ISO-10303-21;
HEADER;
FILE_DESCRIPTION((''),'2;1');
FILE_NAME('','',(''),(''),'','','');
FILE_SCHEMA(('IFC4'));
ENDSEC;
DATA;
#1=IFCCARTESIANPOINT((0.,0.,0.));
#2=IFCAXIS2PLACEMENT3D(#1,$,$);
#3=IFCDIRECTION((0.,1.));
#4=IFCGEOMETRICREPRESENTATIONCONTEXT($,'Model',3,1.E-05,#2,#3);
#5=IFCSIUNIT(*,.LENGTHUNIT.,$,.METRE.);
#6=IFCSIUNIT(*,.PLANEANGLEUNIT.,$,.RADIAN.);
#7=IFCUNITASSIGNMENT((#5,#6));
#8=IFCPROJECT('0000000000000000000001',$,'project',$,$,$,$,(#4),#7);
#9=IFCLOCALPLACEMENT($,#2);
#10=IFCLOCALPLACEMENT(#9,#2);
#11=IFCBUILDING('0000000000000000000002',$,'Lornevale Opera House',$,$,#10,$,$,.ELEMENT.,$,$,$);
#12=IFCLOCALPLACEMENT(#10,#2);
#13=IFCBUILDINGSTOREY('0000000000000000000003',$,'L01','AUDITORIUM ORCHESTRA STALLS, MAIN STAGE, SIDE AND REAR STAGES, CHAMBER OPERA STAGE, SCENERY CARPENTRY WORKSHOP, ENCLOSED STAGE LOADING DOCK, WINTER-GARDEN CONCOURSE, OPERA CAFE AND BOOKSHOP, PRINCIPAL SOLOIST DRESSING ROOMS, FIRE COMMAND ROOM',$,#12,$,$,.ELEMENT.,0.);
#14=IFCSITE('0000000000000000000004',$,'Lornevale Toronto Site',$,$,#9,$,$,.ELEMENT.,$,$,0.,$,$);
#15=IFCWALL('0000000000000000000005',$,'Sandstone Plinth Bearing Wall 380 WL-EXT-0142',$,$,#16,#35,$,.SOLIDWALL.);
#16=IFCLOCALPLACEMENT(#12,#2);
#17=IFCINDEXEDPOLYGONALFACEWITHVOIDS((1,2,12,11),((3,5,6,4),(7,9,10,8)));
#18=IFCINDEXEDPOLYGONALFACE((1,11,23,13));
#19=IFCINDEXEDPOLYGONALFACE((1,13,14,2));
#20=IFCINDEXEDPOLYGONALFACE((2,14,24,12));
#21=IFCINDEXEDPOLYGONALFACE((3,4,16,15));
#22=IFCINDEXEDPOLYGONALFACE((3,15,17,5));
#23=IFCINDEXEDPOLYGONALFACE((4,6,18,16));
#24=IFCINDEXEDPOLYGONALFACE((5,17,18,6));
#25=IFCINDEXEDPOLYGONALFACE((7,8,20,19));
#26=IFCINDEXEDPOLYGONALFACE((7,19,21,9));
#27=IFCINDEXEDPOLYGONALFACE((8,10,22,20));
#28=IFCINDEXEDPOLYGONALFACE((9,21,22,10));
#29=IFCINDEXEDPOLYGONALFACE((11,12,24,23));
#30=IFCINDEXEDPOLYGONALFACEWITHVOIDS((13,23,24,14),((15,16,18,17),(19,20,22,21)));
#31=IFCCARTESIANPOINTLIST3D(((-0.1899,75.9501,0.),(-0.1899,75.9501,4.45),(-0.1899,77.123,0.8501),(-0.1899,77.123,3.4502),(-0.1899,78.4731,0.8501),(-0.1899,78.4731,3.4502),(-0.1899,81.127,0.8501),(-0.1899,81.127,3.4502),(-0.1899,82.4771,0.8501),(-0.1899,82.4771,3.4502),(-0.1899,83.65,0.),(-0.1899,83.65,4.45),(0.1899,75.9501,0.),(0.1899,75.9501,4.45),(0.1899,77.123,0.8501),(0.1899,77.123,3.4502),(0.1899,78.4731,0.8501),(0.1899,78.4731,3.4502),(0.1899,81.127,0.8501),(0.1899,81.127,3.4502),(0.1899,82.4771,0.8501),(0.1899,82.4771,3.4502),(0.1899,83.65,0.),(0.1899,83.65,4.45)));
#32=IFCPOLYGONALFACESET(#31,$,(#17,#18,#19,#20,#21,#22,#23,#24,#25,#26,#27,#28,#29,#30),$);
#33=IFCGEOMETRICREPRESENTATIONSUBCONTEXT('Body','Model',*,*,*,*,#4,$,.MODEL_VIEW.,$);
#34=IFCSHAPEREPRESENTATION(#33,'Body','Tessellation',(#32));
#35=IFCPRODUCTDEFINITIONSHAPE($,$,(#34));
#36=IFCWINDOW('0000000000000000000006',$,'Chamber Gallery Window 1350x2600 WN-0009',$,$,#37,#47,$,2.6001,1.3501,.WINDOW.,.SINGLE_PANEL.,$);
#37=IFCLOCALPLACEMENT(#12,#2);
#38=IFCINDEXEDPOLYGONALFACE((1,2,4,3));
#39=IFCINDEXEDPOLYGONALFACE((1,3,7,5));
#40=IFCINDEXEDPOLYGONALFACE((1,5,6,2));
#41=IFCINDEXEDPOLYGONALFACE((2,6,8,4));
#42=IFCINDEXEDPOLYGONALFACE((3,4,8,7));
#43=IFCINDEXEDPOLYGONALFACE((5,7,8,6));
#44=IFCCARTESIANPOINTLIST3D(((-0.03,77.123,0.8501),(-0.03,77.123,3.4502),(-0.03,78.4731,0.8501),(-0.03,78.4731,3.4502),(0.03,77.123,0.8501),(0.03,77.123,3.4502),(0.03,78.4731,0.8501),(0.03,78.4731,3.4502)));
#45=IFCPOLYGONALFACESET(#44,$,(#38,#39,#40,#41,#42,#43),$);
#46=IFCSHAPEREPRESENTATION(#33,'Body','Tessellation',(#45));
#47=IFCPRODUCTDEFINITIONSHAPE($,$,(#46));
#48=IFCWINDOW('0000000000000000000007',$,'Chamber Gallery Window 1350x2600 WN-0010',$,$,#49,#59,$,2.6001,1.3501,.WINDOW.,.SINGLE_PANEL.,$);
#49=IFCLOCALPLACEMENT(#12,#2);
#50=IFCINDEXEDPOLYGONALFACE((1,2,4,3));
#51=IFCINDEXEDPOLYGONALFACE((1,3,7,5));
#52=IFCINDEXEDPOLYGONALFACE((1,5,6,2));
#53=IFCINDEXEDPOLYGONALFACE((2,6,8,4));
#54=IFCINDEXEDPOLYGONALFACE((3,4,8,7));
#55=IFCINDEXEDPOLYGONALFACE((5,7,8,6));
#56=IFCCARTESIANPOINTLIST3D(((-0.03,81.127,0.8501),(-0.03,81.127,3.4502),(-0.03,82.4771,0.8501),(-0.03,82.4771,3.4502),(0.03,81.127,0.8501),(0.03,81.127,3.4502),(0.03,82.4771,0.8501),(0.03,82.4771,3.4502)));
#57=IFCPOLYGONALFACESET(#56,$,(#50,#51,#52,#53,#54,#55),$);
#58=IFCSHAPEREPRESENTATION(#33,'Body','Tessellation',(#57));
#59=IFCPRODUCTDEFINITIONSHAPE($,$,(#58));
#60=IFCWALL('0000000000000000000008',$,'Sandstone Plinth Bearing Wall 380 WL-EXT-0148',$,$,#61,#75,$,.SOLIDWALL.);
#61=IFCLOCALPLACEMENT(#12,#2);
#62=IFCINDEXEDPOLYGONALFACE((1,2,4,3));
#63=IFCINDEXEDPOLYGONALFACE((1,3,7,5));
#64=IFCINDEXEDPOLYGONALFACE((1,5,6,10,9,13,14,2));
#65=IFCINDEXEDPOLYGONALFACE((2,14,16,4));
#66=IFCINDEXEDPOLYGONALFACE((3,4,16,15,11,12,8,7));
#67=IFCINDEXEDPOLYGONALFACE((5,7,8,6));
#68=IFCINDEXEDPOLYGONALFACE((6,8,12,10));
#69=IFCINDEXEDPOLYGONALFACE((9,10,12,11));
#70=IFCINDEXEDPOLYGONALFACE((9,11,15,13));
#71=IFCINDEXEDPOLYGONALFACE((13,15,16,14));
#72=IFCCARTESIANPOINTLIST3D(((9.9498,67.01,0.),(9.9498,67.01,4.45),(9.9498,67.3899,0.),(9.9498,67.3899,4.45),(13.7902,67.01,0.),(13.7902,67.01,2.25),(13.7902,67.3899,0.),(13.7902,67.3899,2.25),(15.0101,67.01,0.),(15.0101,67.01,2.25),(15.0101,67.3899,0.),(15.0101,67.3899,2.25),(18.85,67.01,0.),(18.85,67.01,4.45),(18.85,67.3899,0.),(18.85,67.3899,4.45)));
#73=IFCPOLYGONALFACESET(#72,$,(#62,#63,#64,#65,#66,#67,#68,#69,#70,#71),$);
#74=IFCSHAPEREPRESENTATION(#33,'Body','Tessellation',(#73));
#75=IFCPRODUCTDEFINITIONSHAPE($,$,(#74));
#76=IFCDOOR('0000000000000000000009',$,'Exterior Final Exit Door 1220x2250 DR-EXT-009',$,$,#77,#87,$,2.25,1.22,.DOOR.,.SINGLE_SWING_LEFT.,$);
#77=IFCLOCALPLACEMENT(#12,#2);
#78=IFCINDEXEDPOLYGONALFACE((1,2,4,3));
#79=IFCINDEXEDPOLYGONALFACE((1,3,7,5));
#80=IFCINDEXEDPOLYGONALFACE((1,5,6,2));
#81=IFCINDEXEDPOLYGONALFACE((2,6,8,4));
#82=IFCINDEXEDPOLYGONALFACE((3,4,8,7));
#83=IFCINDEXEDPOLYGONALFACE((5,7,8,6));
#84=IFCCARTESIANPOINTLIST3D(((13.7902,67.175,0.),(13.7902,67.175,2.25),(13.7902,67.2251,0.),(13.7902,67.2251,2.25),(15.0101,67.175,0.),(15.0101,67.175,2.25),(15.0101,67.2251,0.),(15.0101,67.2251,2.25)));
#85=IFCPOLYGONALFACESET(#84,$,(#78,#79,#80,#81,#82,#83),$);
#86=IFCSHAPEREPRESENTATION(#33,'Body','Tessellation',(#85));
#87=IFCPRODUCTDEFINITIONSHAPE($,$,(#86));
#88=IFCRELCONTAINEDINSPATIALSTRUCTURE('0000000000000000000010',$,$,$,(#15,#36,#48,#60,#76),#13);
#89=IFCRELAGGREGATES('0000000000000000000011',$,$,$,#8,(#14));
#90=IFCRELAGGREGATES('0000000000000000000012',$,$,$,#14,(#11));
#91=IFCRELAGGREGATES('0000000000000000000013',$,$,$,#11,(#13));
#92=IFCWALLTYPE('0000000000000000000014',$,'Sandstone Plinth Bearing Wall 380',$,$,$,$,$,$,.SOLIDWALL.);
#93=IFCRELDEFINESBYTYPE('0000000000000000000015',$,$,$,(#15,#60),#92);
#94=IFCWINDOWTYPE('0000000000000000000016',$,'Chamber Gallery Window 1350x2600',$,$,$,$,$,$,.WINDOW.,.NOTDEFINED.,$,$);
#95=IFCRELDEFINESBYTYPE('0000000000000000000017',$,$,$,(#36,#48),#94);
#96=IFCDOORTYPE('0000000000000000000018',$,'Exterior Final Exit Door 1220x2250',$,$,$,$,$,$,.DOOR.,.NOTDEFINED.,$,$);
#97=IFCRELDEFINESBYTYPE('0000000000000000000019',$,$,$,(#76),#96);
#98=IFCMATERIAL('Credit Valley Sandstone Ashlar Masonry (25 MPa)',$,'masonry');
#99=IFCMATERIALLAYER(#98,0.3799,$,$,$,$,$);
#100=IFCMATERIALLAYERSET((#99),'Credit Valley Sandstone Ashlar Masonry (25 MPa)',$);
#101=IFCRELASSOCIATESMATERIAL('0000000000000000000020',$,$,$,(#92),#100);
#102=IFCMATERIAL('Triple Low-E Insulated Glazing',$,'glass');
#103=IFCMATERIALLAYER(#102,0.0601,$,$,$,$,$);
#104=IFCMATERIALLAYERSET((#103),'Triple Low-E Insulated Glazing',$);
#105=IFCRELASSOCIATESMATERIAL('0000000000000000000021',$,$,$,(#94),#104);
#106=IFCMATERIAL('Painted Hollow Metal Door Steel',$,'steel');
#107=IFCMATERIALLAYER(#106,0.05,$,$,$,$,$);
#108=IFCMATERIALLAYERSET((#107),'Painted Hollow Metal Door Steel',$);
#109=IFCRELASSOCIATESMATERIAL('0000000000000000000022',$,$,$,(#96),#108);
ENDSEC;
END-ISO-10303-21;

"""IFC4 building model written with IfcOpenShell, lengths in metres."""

from ifc_helpers import new_model, si_unit, direction, frame, frame_2d, origin, place, context, subcontext, project, spatial, rectangle, extrude, material, layer, layer_set, type_object, element, fill, save


model = new_model("IFC4")

# Units and contexts
model_context = context("Model", 3, precision=1e-05, world=origin(), true_north=direction((0.0, 1.0)))
body_context = subcontext(model_context, "Body", "Model", "MODEL_VIEW")
ifc_project = project(units=[si_unit("LENGTHUNIT", "METRE"), si_unit("PLANEANGLEUNIT", "RADIAN")], contexts=[model_context])

# Site, building, storey
site_placement = place(None, origin())
site = spatial("IfcSite", under=ifc_project, at=site_placement, Name="Lornevale Toronto Site", CompositionType="ELEMENT", RefElevation=0.0)
building_placement = place(site_placement, origin())
building = spatial("IfcBuilding", under=site, at=building_placement, Name="Lornevale Opera House", CompositionType="ELEMENT")
storey_placement = place(building_placement, origin())
storey = spatial("IfcBuildingStorey", under=building, at=storey_placement, Name="L01", Description="AUDITORIUM ORCHESTRA STALLS, MAIN STAGE, SIDE AND REAR STAGES, CHAMBER OPERA STAGE, SCENERY CARPENTRY WORKSHOP, ENCLOSED STAGE LOADING DOCK, WINTER-GARDEN CONCOURSE, OPERA CAFE AND BOOKSHOP, PRINCIPAL SOLOIST DRESSING ROOMS, FIRE COMMAND ROOM", CompositionType="ELEMENT", Elevation=0.0)

# Shared definitions
ifc_material_1 = material(Name="Credit Valley Sandstone Ashlar Masonry (25 MPa)", Category="masonry")
ifc_layer_1 = layer(ifc_material_1, 0.3799)
ifc_layer_set_1 = layer_set([ifc_layer_1], Name="Credit Valley Sandstone Ashlar Masonry (25 MPa)")
wall_type_1 = type_object("IfcWallType", Name="Sandstone Plinth Bearing Wall 380", PredefinedType="SOLIDWALL", material=ifc_layer_set_1)
ifc_material_2 = material(Name="Painted Hollow Metal Door Steel", Category="steel")

# Wall, openings, windows
wall_1_placement = place(storey_placement, frame((0.0, 75.95, 0.0), z_axis=(0.0, 0.0, 1.0), x_axis=(0.0, 1.0, 0.0)))
wall_1 = element("IfcWall", 1, at=wall_1_placement, inside=storey, type_object=wall_type_1, Name="Sandstone Plinth Bearing Wall 380 WL-EXT-0142", PredefinedType="SOLIDWALL", context=body_context, shape_type="SweptSolid", body=[
    extrude(rectangle(XDim=7.7, YDim=0.3799, at=frame_2d((3.8501, 0.0))), origin(), (0.0, 0.0, 1.0), 4.45),
])
opening_1_placement = place(wall_1_placement, frame((1.1731, 0.0, 0.8501)))
opening_1 = element("IfcOpeningElement", 2, at=opening_1_placement, cuts=wall_1, PredefinedType="OPENING", context=body_context, shape_type="SweptSolid", body=[
    extrude(rectangle(XDim=1.3501, YDim=2.6001, at=frame_2d((0.675, 1.3))), frame((0.0, 0.2, 0.0), z_axis=(0.0, -1.0, 0.0), x_axis=(1.0, 0.0, 0.0)), (0.0, 0.0, 1.0), 0.3999),
])
opening_2_placement = place(wall_1_placement, frame((5.177, 0.0, 0.8501)))
opening_2 = element("IfcOpeningElement", 3, at=opening_2_placement, cuts=wall_1, PredefinedType="OPENING", context=body_context, shape_type="SweptSolid", body=[
    extrude(rectangle(XDim=1.3501, YDim=2.6001, at=frame_2d((0.675, 1.3))), frame((0.0, 0.2, 0.0), z_axis=(0.0, -1.0, 0.0), x_axis=(1.0, 0.0, 0.0)), (0.0, 0.0, 1.0), 0.3999),
])
ifc_material_3 = material(Name="Triple Low-E Insulated Glazing", Category="glass")
ifc_layer_2 = layer(ifc_material_3, 0.0601)
ifc_layer_set_2 = layer_set([ifc_layer_2], Name="Triple Low-E Insulated Glazing")
window_type = type_object("IfcWindowType", Name="Chamber Gallery Window 1350x2600", PartitioningType="NOTDEFINED", PredefinedType="WINDOW", material=ifc_layer_set_2)
window_1_placement = place(opening_1_placement, origin())
window_1 = element("IfcWindow", 4, at=window_1_placement, inside=storey, type_object=window_type, Name="Chamber Gallery Window 1350x2600 WN-0009", OverallHeight=2.6001, OverallWidth=1.3501, PartitioningType="SINGLE_PANEL", PredefinedType="WINDOW", context=body_context, shape_type="SweptSolid", body=[
    extrude(rectangle(XDim=1.3501, YDim=2.6001, at=frame_2d((0.675, 1.3))), frame((0.0, 0.03, 0.0), z_axis=(0.0, -1.0, 0.0), x_axis=(1.0, 0.0, 0.0)), (0.0, 0.0, 1.0), 0.0601),
])
fill(opening_1, window_1)
window_2_placement = place(opening_2_placement, origin())
window_2 = element("IfcWindow", 5, at=window_2_placement, inside=storey, type_object=window_type, Name="Chamber Gallery Window 1350x2600 WN-0010", OverallHeight=2.6001, OverallWidth=1.3501, PartitioningType="SINGLE_PANEL", PredefinedType="WINDOW", context=body_context, shape_type="SweptSolid", body=[
    extrude(rectangle(XDim=1.3501, YDim=2.6001, at=frame_2d((0.675, 1.3))), frame((0.0, 0.03, 0.0), z_axis=(0.0, -1.0, 0.0), x_axis=(1.0, 0.0, 0.0)), (0.0, 0.0, 1.0), 0.0601),
])
fill(opening_2, window_2)

# Wall, opening, door
wall_2_placement = place(storey_placement, frame((18.8501, 67.2, 0.0), z_axis=(0.0, 0.0, 1.0), x_axis=(-1.0, 0.0, 0.0)))
wall_2 = element("IfcWall", 6, at=wall_2_placement, inside=storey, type_object=wall_type_1, Name="Sandstone Plinth Bearing Wall 380 WL-EXT-0148", PredefinedType="SOLIDWALL", context=body_context, shape_type="SweptSolid", body=[
    extrude(rectangle(XDim=8.9001, YDim=0.3799, at=frame_2d((4.4502, 0.0))), origin(), (0.0, 0.0, 1.0), 4.45),
])
opening_3_placement = place(wall_2_placement, frame((3.8401, 0.0, 0.0)))
opening_3 = element("IfcOpeningElement", 7, at=opening_3_placement, cuts=wall_2, PredefinedType="OPENING", context=body_context, shape_type="SweptSolid", body=[
    extrude(rectangle(XDim=1.22, YDim=2.25, at=frame_2d((0.6099, 1.125))), frame((0.0, 0.2, 0.0), z_axis=(0.0, -1.0, 0.0), x_axis=(1.0, 0.0, 0.0)), (0.0, 0.0, 1.0), 0.3999),
])
ifc_layer_3 = layer(ifc_material_2, 0.05)
ifc_layer_set_3 = layer_set([ifc_layer_3], Name="Painted Hollow Metal Door Steel")
door_type_1 = type_object("IfcDoorType", Name="Exterior Final Exit Door 1220x2250", OperationType="NOTDEFINED", PredefinedType="DOOR", material=ifc_layer_set_3)
door_1_placement = place(opening_3_placement, origin())
door_1 = element("IfcDoor", 8, at=door_1_placement, inside=storey, type_object=door_type_1, Name="Exterior Final Exit Door 1220x2250 DR-EXT-009", OperationType="SINGLE_SWING_LEFT", OverallHeight=2.25, OverallWidth=1.22, PredefinedType="DOOR", context=body_context, shape_type="SweptSolid", body=[
    extrude(rectangle(XDim=1.22, YDim=2.25, at=frame_2d((0.6099, 1.125))), frame((0.0, 0.0249, 0.0), z_axis=(0.0, -1.0, 0.0), x_axis=(1.0, 0.0, 0.0)), (0.0, 0.0, 1.0), 0.05),
])
fill(opening_3, door_1)

save(model, "model.ifc")
